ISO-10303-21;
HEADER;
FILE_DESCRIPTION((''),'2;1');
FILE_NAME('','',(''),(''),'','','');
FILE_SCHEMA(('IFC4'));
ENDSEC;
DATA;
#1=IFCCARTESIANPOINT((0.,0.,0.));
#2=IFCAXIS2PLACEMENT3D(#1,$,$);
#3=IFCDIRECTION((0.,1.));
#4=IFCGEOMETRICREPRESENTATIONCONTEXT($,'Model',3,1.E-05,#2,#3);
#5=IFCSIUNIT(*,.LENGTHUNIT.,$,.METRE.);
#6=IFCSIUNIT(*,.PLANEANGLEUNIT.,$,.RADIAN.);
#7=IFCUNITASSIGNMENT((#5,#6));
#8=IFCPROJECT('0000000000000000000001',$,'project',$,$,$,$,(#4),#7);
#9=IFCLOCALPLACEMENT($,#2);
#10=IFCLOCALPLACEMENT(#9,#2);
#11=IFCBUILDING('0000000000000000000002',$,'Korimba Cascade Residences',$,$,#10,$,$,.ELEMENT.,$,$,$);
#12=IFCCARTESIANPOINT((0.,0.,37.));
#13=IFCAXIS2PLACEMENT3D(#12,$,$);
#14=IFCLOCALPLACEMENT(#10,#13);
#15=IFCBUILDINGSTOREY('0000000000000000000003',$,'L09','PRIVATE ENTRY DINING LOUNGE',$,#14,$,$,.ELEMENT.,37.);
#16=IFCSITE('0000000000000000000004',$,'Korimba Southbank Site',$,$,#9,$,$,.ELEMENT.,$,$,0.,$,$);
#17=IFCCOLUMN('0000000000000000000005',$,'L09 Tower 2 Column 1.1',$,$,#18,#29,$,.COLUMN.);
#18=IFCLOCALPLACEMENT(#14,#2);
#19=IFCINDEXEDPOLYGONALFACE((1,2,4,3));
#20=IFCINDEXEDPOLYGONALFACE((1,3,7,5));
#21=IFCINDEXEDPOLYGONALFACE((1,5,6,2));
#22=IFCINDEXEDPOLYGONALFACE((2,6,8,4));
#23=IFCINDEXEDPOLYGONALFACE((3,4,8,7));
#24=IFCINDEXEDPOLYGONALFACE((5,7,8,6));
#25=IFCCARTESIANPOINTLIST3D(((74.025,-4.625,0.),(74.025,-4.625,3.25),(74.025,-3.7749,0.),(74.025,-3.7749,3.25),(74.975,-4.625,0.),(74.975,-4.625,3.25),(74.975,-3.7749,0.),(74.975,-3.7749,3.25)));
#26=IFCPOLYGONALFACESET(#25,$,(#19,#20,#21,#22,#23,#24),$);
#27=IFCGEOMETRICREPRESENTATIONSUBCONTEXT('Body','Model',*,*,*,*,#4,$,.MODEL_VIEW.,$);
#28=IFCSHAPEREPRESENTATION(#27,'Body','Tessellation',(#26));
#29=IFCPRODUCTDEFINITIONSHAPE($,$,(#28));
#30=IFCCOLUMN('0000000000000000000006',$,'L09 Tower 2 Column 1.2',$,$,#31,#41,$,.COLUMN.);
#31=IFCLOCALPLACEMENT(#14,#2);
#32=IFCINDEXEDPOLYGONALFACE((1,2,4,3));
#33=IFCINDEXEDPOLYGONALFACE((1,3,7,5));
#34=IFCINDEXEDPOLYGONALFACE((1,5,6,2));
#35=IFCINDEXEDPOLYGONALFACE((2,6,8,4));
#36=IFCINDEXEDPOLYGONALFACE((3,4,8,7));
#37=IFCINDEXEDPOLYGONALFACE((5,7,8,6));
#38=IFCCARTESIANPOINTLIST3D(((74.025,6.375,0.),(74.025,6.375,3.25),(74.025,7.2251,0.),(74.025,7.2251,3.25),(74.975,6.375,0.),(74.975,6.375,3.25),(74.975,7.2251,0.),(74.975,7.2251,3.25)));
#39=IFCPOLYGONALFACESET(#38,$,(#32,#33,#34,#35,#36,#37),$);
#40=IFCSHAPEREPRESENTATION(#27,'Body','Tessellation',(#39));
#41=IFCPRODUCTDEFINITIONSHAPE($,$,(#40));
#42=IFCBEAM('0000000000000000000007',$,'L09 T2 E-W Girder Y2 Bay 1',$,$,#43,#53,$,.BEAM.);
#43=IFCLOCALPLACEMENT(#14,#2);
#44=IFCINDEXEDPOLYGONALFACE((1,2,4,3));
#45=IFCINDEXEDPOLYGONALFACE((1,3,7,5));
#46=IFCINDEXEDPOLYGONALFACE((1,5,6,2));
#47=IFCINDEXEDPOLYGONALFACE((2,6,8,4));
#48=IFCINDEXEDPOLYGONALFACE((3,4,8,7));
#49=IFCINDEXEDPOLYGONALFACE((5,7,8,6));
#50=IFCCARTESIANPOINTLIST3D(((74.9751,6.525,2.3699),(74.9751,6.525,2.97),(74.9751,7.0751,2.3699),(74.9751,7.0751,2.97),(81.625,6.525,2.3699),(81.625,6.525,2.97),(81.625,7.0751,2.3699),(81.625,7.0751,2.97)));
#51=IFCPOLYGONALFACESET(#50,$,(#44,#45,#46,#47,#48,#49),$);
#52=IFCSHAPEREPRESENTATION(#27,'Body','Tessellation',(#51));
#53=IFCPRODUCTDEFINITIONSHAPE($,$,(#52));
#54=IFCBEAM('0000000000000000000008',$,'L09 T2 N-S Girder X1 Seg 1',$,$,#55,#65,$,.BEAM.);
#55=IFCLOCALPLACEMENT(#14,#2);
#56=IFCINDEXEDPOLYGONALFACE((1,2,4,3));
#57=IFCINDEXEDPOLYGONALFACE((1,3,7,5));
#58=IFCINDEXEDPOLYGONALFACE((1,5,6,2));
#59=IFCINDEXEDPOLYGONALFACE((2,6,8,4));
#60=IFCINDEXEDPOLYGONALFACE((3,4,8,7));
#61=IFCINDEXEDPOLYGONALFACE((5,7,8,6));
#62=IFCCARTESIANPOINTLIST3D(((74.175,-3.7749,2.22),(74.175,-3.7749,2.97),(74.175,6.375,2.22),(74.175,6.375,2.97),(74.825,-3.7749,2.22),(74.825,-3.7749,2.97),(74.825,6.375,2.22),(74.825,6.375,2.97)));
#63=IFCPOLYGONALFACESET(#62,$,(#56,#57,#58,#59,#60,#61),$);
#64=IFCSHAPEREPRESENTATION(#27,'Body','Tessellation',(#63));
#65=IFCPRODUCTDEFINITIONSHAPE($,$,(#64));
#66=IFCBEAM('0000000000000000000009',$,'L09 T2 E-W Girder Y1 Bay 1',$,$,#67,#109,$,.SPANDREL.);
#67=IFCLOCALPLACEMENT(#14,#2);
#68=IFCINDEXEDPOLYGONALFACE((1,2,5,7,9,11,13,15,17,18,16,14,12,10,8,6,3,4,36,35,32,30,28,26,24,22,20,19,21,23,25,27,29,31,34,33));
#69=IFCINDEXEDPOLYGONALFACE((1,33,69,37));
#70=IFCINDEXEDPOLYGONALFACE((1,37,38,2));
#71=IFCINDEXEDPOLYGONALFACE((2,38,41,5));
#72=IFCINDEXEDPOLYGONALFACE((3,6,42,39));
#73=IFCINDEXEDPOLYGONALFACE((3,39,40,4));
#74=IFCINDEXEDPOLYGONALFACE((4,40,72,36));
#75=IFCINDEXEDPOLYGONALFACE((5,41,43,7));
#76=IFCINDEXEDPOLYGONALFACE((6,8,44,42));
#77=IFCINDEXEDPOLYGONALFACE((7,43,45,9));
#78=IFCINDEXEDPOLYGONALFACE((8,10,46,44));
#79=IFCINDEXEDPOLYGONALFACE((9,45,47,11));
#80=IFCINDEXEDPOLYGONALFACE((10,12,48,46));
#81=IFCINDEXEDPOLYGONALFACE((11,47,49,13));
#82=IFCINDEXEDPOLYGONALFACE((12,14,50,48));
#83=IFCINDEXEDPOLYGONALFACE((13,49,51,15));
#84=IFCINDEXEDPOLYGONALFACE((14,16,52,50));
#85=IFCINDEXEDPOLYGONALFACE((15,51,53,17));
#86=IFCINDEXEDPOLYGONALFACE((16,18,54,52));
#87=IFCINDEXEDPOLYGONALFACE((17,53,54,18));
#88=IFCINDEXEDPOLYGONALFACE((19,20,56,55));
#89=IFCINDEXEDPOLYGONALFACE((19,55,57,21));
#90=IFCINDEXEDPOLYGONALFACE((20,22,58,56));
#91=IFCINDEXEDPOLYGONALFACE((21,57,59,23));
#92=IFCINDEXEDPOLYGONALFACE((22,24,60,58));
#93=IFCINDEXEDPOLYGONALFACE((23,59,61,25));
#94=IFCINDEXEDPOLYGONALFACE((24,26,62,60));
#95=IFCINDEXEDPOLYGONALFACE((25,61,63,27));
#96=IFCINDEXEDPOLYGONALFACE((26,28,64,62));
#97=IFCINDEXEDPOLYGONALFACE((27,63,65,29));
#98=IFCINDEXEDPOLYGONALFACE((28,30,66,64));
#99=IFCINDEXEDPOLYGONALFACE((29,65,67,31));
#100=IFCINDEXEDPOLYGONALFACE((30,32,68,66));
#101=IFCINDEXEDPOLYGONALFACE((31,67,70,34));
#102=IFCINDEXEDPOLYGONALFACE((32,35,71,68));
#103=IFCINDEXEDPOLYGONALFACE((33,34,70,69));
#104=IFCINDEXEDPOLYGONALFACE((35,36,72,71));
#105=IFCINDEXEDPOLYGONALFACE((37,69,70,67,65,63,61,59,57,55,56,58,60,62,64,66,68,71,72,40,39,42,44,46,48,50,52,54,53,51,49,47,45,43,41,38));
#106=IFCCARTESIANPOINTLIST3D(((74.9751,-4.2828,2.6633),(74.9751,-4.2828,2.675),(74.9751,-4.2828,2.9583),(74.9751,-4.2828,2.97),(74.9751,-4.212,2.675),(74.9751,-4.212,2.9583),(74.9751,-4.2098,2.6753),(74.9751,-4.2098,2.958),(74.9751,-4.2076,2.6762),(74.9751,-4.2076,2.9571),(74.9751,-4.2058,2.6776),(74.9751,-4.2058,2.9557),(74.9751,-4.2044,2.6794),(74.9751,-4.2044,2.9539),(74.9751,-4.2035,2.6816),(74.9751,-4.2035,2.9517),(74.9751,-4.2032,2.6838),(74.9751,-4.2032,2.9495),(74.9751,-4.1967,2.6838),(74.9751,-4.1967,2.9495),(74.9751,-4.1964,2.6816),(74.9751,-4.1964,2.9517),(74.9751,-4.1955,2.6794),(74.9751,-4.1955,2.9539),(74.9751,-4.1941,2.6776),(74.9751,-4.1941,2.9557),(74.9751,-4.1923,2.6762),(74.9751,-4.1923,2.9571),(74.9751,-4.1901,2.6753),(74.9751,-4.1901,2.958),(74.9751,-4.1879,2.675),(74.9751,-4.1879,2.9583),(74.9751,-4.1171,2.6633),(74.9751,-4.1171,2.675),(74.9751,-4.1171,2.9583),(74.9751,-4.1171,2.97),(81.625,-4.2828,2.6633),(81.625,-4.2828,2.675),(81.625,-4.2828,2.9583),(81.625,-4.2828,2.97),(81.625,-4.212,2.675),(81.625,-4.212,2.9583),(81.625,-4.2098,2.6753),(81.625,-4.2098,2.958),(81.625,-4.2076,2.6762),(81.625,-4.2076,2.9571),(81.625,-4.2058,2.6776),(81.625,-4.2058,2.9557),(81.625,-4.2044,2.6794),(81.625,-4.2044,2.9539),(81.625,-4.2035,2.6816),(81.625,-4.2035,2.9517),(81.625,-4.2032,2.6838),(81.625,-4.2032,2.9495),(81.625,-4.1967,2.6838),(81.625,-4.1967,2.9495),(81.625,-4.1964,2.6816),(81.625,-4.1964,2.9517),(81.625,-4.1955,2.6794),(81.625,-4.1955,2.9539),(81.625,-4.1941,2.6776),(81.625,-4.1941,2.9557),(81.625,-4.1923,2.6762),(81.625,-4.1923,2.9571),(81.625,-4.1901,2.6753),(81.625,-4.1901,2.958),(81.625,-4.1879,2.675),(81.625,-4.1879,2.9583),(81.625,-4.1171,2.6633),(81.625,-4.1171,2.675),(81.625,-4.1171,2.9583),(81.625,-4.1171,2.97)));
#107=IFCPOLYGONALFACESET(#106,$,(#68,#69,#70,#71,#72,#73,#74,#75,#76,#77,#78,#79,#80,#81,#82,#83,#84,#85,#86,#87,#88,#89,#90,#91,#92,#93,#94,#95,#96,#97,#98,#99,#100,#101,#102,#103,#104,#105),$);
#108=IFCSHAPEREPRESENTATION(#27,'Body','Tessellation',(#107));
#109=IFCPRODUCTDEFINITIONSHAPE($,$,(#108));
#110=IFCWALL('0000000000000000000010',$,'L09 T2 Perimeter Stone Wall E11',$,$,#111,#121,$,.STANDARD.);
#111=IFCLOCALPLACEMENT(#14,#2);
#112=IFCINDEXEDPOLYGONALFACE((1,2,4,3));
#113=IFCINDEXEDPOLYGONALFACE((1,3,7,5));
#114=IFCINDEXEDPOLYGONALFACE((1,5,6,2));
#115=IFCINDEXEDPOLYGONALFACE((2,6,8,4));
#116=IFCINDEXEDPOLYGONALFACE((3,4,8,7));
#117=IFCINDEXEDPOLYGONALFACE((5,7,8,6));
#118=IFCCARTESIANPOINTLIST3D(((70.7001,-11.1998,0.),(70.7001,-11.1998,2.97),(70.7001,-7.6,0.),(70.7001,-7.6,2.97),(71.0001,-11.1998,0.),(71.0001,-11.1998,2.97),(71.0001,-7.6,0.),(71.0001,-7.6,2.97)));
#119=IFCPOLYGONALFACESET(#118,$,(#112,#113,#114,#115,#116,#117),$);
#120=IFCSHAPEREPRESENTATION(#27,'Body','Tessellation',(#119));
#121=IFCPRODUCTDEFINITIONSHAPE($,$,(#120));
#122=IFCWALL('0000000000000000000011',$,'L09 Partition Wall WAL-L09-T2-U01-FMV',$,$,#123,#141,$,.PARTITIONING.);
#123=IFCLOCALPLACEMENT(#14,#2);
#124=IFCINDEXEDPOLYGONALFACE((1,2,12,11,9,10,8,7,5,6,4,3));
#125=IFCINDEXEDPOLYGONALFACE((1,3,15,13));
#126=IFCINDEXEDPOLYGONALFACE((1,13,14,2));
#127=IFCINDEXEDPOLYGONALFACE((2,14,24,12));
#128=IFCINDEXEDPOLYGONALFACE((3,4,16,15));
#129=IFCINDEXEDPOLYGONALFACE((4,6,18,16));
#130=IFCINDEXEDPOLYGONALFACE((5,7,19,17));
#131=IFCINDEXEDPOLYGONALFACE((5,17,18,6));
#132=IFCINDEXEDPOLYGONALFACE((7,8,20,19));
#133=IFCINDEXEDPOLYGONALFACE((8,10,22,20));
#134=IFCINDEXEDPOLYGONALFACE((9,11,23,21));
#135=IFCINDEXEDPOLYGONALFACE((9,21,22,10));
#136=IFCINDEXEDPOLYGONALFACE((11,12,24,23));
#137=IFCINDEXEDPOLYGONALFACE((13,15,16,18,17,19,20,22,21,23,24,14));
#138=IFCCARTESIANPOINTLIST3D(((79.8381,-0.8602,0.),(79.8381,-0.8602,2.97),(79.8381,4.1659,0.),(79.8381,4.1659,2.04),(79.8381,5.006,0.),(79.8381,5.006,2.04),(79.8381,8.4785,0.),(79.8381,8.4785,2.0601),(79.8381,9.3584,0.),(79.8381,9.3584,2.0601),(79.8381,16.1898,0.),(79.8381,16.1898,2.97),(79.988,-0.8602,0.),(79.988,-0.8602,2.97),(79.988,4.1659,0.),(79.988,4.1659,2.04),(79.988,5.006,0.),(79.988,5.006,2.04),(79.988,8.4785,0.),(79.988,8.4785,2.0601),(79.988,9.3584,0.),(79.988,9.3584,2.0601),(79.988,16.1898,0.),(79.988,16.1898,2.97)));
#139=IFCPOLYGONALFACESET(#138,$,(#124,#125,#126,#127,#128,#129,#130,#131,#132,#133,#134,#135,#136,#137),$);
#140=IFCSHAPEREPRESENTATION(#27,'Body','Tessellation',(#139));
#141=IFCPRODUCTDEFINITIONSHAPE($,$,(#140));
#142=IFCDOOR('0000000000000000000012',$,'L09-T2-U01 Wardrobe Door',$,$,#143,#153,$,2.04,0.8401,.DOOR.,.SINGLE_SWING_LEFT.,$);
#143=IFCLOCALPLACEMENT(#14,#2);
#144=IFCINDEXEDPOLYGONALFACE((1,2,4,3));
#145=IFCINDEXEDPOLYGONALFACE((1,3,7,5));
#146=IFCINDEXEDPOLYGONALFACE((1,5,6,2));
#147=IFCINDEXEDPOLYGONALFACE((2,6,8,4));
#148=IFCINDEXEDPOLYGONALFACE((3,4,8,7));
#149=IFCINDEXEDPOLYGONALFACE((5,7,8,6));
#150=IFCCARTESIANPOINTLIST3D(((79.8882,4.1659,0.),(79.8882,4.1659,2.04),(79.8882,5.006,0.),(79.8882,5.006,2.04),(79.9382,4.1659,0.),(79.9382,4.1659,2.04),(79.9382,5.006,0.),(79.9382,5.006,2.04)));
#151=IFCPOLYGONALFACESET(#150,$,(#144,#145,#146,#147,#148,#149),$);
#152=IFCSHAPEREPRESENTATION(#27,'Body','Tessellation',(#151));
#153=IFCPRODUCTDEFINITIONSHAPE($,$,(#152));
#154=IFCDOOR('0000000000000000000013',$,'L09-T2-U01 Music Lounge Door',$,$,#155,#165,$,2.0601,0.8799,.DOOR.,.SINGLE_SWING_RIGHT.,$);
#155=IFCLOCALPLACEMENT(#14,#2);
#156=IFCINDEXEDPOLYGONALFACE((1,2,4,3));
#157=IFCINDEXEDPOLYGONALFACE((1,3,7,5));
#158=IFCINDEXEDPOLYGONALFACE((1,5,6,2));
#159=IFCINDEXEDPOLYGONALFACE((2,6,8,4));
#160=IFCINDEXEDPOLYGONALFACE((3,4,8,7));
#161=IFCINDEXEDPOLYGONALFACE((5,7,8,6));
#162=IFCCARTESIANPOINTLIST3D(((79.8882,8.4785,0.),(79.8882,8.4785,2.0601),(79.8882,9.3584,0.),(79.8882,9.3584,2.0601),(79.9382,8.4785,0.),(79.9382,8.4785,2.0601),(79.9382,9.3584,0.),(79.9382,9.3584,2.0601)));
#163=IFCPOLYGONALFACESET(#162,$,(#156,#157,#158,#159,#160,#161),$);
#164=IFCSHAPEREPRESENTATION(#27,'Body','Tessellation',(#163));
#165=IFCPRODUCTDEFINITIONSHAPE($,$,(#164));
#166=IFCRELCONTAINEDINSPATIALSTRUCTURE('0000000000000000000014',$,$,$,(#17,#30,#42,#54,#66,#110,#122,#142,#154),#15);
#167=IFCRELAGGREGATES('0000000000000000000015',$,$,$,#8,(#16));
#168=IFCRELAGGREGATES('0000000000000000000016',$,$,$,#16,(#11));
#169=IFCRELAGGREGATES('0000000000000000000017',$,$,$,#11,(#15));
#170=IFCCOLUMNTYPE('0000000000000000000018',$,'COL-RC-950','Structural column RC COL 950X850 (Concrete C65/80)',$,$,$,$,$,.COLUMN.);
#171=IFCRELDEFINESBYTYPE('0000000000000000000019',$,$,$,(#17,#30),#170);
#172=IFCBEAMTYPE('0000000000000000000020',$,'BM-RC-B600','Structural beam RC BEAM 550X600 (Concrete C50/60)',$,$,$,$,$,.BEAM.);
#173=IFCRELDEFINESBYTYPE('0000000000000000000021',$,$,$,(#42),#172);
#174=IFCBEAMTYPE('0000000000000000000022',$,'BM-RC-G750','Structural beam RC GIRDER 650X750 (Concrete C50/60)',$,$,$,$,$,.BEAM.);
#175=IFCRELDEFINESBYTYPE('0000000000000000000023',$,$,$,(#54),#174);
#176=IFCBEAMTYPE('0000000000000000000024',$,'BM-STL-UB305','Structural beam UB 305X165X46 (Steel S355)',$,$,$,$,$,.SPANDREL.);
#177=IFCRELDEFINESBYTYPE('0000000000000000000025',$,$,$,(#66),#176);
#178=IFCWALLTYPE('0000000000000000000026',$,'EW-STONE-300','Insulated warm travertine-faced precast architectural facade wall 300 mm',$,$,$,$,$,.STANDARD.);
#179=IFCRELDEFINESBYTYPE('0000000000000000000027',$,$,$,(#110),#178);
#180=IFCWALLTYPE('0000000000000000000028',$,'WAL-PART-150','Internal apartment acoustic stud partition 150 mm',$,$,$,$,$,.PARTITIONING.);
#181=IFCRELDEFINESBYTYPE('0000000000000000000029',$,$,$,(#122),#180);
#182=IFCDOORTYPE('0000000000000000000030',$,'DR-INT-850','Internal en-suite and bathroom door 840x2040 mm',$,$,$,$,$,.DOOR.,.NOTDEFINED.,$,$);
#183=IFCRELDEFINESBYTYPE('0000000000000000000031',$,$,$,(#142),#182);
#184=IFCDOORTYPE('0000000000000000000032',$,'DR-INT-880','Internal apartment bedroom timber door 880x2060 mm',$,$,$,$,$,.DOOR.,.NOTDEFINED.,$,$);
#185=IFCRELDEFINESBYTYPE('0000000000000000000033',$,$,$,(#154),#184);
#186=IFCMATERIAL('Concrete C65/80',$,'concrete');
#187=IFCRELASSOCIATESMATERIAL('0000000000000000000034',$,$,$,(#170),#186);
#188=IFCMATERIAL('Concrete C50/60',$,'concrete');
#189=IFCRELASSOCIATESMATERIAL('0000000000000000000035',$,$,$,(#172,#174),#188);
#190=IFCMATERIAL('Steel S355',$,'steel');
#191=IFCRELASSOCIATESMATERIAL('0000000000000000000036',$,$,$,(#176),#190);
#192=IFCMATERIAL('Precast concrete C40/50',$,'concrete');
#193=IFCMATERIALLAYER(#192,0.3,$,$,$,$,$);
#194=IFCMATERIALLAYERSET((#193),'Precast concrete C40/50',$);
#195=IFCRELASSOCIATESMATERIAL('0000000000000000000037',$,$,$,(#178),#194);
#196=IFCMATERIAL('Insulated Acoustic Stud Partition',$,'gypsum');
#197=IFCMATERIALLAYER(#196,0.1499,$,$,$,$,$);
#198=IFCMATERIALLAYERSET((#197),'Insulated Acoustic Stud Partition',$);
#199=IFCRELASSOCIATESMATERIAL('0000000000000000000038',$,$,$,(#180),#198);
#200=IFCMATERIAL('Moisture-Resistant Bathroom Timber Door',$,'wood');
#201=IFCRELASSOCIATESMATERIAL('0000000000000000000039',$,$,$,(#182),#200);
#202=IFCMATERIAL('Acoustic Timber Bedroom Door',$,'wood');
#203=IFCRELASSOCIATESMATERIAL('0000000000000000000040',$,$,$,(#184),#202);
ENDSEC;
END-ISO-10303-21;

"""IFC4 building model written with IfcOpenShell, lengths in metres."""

from ifc_helpers import new_model, si_unit, direction, frame, frame_2d, origin, origin_2d, place, context, subcontext, project, spatial, rectangle, i_section, extrude, material, layer, layer_set, material_profile, profile_set, type_object, element, fill, save


model = new_model("IFC4")

# Units and contexts
model_context = context("Model", 3, precision=1e-05, world=origin(), true_north=direction((0.0, 1.0)))
body_context = subcontext(model_context, "Body", "Model", "MODEL_VIEW")
ifc_project = project(units=[si_unit("LENGTHUNIT", "METRE"), si_unit("PLANEANGLEUNIT", "RADIAN")], contexts=[model_context])

# Site, building, storey
site_placement = place(None, origin())
site = spatial("IfcSite", under=ifc_project, at=site_placement, Name="Korimba Southbank Site", CompositionType="ELEMENT", RefElevation=0.0)
building_placement = place(site_placement, origin())
building = spatial("IfcBuilding", under=site, at=building_placement, Name="Korimba Cascade Residences", CompositionType="ELEMENT")
storey_placement = place(building_placement, frame((0.0, 0.0, 37.0)))
storey = spatial("IfcBuildingStorey", under=building, at=storey_placement, Name="L09", Description="PRIVATE ENTRY DINING LOUNGE", CompositionType="ELEMENT", Elevation=37.0)

# Columns
ifc_material_1 = material(Name="Concrete C65/80", Category="concrete")
ifc_material_profile_1 = material_profile(ifc_material_1, rectangle(XDim=0.95, YDim=0.8501, at=origin_2d()), Name="Concrete C65/80")
ifc_profile_set_1 = profile_set([ifc_material_profile_1], Name="Concrete C65/80")
column_type = type_object("IfcColumnType", Name="COL-RC-950", Description="Structural column RC COL 950X850 (Concrete C65/80)", PredefinedType="COLUMN", material=ifc_profile_set_1)
for number, where, z_axis, x_axis, name in (
    (1, (74.5, -4.2, 0.0), (0.0, 0.0, 1.0), (1.0, 0.0, 0.0), "L09 Tower 2 Column 1.1"),
    (2, (74.5, 6.8, 0.0), (0.0, 0.0, 1.0), (1.0, 0.0, 0.0), "L09 Tower 2 Column 1.2"),
):
    element("IfcColumn", number, at=place(storey_placement, frame(where, z_axis=z_axis, x_axis=x_axis)), inside=storey, type_object=column_type, Name=name, PredefinedType="COLUMN", context=body_context, shape_type="SweptSolid", body=[
        extrude(rectangle(XDim=0.95, YDim=0.8501, at=origin_2d()), origin(), (0.0, 0.0, 1.0), 3.25),
    ])

# Beams
ifc_material_2 = material(Name="Concrete C50/60", Category="concrete")
ifc_material_profile_2 = material_profile(ifc_material_2, rectangle(XDim=0.55, YDim=0.6001, at=origin_2d()), Name="Concrete C50/60")
ifc_profile_set_2 = profile_set([ifc_material_profile_2], Name="Concrete C50/60")
beam_type_1 = type_object("IfcBeamType", Name="BM-RC-B600", Description="Structural beam RC BEAM 550X600 (Concrete C50/60)", PredefinedType="BEAM", material=ifc_profile_set_2)
beam_1_placement = place(storey_placement, frame((74.9751, 6.8, 2.6699), z_axis=(1.0, 0.0, 0.0), x_axis=(0.0, 1.0, 0.0)))
element("IfcBeam", 3, at=beam_1_placement, inside=storey, type_object=beam_type_1, Name="L09 T2 E-W Girder Y2 Bay 1", PredefinedType="BEAM", context=body_context, shape_type="SweptSolid", body=[
    extrude(rectangle(XDim=0.55, YDim=0.6001, at=origin_2d()), origin(), (0.0, 0.0, 1.0), 6.6499),
])
ifc_material_profile_3 = material_profile(ifc_material_2, rectangle(XDim=0.6499, YDim=0.75, at=origin_2d()), Name="Concrete C50/60")
ifc_profile_set_3 = profile_set([ifc_material_profile_3], Name="Concrete C50/60")
beam_type_2 = type_object("IfcBeamType", Name="BM-RC-G750", Description="Structural beam RC GIRDER 650X750 (Concrete C50/60)", PredefinedType="BEAM", material=ifc_profile_set_3)
beam_2_placement = place(storey_placement, frame((74.5, -3.7749, 2.595), z_axis=(0.0, 1.0, 0.0), x_axis=(-1.0, 0.0, 0.0)))
element("IfcBeam", 4, at=beam_2_placement, inside=storey, type_object=beam_type_2, Name="L09 T2 N-S Girder X1 Seg 1", PredefinedType="BEAM", context=body_context, shape_type="SweptSolid", body=[
    extrude(rectangle(XDim=0.6499, YDim=0.75, at=origin_2d()), origin(), (0.0, 0.0, 1.0), 10.1499),
])
ifc_material_3 = material(Name="Steel S355", Category="steel")
ifc_material_profile_4 = material_profile(ifc_material_3, i_section(OverallWidth=0.1658, OverallDepth=0.3066, WebThickness=0.0066, FlangeThickness=0.0117, FilletRadius=0.0088, at=origin_2d()), Name="Steel S355")
ifc_profile_set_4 = profile_set([ifc_material_profile_4], Name="Steel S355")
beam_type_3 = type_object("IfcBeamType", Name="BM-STL-UB305", Description="Structural beam UB 305X165X46 (Steel S355)", PredefinedType="SPANDREL", material=ifc_profile_set_4)
beam_3_placement = place(storey_placement, frame((74.9751, -4.2, 2.8167), z_axis=(1.0, 0.0, 0.0), x_axis=(0.0, 1.0, 0.0)))
element("IfcBeam", 5, at=beam_3_placement, inside=storey, type_object=beam_type_3, Name="L09 T2 E-W Girder Y1 Bay 1", PredefinedType="SPANDREL", context=body_context, shape_type="SweptSolid", body=[
    extrude(i_section(OverallWidth=0.1658, OverallDepth=0.3066, WebThickness=0.0066, FlangeThickness=0.0117, FilletRadius=0.0088, at=origin_2d()), origin(), (0.0, 0.0, 1.0), 6.6499),
])

# Wall
ifc_material_4 = material(Name="Precast concrete C40/50", Category="concrete")
ifc_layer_1 = layer(ifc_material_4, 0.3)
ifc_layer_set_1 = layer_set([ifc_layer_1], Name="Precast concrete C40/50")
wall_type_1 = type_object("IfcWallType", Name="EW-STONE-300", Description="Insulated warm travertine-faced precast architectural facade wall 300 mm", PredefinedType="STANDARD", material=ifc_layer_set_1)
wall_1_placement = place(storey_placement, frame((70.8501, -7.6001, 0.0), z_axis=(0.0, 0.0, 1.0), x_axis=(0.0, -1.0, 0.0)))
element("IfcWall", 6, at=wall_1_placement, inside=storey, type_object=wall_type_1, Name="L09 T2 Perimeter Stone Wall E11", PredefinedType="STANDARD", context=body_context, shape_type="SweptSolid", body=[
    extrude(rectangle(XDim=3.5999, YDim=0.3, at=frame_2d((1.7998, 0.0))), origin(), (0.0, 0.0, 1.0), 2.97),
])

# Wall, openings, doors
ifc_material_5 = material(Name="Insulated Acoustic Stud Partition", Category="gypsum")
ifc_layer_2 = layer(ifc_material_5, 0.1499)
ifc_layer_set_2 = layer_set([ifc_layer_2], Name="Insulated Acoustic Stud Partition")
wall_type_2 = type_object("IfcWallType", Name="WAL-PART-150", Description="Internal apartment acoustic stud partition 150 mm", PredefinedType="PARTITIONING", material=ifc_layer_set_2)
wall_2_placement = place(storey_placement, frame((79.9131, -0.8601, 0.0), z_axis=(0.0, 0.0, 1.0), x_axis=(0.0, 1.0, 0.0)))
wall_2 = element("IfcWall", 7, at=wall_2_placement, inside=storey, type_object=wall_type_2, Name="L09 Partition Wall WAL-L09-T2-U01-FMV", PredefinedType="PARTITIONING", context=body_context, shape_type="SweptSolid", body=[
    extrude(rectangle(XDim=17.05, YDim=0.1499, at=frame_2d((8.5249, 0.0))), origin(), (0.0, 0.0, 1.0), 2.97),
])
opening_1_placement = place(wall_2_placement, frame((5.0261, 0.0, 0.0)))
opening_1 = element("IfcOpeningElement", 8, at=opening_1_placement, cuts=wall_2, PredefinedType="OPENING", context=body_context, shape_type="SweptSolid", body=[
    extrude(rectangle(XDim=0.8401, YDim=2.04, at=frame_2d((0.4199, 1.02))), frame((0.0, 0.085, 0.0), z_axis=(0.0, -1.0, 0.0), x_axis=(1.0, 0.0, 0.0)), (0.0, 0.0, 1.0), 0.1699),
])
opening_2_placement = place(wall_2_placement, frame((9.3386, 0.0, 0.0)))
opening_2 = element("IfcOpeningElement", 9, at=opening_2_placement, cuts=wall_2, PredefinedType="OPENING", context=body_context, shape_type="SweptSolid", body=[
    extrude(rectangle(XDim=0.8799, YDim=2.0601, at=frame_2d((0.4399, 1.03))), frame((0.0, 0.085, 0.0), z_axis=(0.0, -1.0, 0.0), x_axis=(1.0, 0.0, 0.0)), (0.0, 0.0, 1.0), 0.1699),
])
ifc_material_6 = material(Name="Moisture-Resistant Bathroom Timber Door", Category="wood")
door_type_1 = type_object("IfcDoorType", Name="DR-INT-850", Description="Internal en-suite and bathroom door 840x2040 mm", OperationType="NOTDEFINED", PredefinedType="DOOR", material=ifc_material_6)
door_1_placement = place(opening_1_placement, origin())
door_1 = element("IfcDoor", 10, at=door_1_placement, inside=storey, type_object=door_type_1, Name="L09-T2-U01 Wardrobe Door", OperationType="SINGLE_SWING_LEFT", OverallHeight=2.04, OverallWidth=0.8401, PredefinedType="DOOR", context=body_context, shape_type="SweptSolid", body=[
    extrude(rectangle(XDim=0.8401, YDim=2.04, at=frame_2d((0.4199, 1.02))), frame((0.0, 0.0249, 0.0), z_axis=(0.0, -1.0, 0.0), x_axis=(1.0, 0.0, 0.0)), (0.0, 0.0, 1.0), 0.05),
])
fill(opening_1, door_1)
ifc_material_7 = material(Name="Acoustic Timber Bedroom Door", Category="wood")
door_type_2 = type_object("IfcDoorType", Name="DR-INT-880", Description="Internal apartment bedroom timber door 880x2060 mm", OperationType="NOTDEFINED", PredefinedType="DOOR", material=ifc_material_7)
door_2_placement = place(opening_2_placement, origin())
door_2 = element("IfcDoor", 11, at=door_2_placement, inside=storey, type_object=door_type_2, Name="L09-T2-U01 Music Lounge Door", OperationType="SINGLE_SWING_RIGHT", OverallHeight=2.0601, OverallWidth=0.8799, PredefinedType="DOOR", context=body_context, shape_type="SweptSolid", body=[
    extrude(rectangle(XDim=0.8799, YDim=2.0601, at=frame_2d((0.4399, 1.03))), frame((0.0, 0.0249, 0.0), z_axis=(0.0, -1.0, 0.0), x_axis=(1.0, 0.0, 0.0)), (0.0, 0.0, 1.0), 0.05),
])
fill(opening_2, door_2)

save(model, "model.ifc")
